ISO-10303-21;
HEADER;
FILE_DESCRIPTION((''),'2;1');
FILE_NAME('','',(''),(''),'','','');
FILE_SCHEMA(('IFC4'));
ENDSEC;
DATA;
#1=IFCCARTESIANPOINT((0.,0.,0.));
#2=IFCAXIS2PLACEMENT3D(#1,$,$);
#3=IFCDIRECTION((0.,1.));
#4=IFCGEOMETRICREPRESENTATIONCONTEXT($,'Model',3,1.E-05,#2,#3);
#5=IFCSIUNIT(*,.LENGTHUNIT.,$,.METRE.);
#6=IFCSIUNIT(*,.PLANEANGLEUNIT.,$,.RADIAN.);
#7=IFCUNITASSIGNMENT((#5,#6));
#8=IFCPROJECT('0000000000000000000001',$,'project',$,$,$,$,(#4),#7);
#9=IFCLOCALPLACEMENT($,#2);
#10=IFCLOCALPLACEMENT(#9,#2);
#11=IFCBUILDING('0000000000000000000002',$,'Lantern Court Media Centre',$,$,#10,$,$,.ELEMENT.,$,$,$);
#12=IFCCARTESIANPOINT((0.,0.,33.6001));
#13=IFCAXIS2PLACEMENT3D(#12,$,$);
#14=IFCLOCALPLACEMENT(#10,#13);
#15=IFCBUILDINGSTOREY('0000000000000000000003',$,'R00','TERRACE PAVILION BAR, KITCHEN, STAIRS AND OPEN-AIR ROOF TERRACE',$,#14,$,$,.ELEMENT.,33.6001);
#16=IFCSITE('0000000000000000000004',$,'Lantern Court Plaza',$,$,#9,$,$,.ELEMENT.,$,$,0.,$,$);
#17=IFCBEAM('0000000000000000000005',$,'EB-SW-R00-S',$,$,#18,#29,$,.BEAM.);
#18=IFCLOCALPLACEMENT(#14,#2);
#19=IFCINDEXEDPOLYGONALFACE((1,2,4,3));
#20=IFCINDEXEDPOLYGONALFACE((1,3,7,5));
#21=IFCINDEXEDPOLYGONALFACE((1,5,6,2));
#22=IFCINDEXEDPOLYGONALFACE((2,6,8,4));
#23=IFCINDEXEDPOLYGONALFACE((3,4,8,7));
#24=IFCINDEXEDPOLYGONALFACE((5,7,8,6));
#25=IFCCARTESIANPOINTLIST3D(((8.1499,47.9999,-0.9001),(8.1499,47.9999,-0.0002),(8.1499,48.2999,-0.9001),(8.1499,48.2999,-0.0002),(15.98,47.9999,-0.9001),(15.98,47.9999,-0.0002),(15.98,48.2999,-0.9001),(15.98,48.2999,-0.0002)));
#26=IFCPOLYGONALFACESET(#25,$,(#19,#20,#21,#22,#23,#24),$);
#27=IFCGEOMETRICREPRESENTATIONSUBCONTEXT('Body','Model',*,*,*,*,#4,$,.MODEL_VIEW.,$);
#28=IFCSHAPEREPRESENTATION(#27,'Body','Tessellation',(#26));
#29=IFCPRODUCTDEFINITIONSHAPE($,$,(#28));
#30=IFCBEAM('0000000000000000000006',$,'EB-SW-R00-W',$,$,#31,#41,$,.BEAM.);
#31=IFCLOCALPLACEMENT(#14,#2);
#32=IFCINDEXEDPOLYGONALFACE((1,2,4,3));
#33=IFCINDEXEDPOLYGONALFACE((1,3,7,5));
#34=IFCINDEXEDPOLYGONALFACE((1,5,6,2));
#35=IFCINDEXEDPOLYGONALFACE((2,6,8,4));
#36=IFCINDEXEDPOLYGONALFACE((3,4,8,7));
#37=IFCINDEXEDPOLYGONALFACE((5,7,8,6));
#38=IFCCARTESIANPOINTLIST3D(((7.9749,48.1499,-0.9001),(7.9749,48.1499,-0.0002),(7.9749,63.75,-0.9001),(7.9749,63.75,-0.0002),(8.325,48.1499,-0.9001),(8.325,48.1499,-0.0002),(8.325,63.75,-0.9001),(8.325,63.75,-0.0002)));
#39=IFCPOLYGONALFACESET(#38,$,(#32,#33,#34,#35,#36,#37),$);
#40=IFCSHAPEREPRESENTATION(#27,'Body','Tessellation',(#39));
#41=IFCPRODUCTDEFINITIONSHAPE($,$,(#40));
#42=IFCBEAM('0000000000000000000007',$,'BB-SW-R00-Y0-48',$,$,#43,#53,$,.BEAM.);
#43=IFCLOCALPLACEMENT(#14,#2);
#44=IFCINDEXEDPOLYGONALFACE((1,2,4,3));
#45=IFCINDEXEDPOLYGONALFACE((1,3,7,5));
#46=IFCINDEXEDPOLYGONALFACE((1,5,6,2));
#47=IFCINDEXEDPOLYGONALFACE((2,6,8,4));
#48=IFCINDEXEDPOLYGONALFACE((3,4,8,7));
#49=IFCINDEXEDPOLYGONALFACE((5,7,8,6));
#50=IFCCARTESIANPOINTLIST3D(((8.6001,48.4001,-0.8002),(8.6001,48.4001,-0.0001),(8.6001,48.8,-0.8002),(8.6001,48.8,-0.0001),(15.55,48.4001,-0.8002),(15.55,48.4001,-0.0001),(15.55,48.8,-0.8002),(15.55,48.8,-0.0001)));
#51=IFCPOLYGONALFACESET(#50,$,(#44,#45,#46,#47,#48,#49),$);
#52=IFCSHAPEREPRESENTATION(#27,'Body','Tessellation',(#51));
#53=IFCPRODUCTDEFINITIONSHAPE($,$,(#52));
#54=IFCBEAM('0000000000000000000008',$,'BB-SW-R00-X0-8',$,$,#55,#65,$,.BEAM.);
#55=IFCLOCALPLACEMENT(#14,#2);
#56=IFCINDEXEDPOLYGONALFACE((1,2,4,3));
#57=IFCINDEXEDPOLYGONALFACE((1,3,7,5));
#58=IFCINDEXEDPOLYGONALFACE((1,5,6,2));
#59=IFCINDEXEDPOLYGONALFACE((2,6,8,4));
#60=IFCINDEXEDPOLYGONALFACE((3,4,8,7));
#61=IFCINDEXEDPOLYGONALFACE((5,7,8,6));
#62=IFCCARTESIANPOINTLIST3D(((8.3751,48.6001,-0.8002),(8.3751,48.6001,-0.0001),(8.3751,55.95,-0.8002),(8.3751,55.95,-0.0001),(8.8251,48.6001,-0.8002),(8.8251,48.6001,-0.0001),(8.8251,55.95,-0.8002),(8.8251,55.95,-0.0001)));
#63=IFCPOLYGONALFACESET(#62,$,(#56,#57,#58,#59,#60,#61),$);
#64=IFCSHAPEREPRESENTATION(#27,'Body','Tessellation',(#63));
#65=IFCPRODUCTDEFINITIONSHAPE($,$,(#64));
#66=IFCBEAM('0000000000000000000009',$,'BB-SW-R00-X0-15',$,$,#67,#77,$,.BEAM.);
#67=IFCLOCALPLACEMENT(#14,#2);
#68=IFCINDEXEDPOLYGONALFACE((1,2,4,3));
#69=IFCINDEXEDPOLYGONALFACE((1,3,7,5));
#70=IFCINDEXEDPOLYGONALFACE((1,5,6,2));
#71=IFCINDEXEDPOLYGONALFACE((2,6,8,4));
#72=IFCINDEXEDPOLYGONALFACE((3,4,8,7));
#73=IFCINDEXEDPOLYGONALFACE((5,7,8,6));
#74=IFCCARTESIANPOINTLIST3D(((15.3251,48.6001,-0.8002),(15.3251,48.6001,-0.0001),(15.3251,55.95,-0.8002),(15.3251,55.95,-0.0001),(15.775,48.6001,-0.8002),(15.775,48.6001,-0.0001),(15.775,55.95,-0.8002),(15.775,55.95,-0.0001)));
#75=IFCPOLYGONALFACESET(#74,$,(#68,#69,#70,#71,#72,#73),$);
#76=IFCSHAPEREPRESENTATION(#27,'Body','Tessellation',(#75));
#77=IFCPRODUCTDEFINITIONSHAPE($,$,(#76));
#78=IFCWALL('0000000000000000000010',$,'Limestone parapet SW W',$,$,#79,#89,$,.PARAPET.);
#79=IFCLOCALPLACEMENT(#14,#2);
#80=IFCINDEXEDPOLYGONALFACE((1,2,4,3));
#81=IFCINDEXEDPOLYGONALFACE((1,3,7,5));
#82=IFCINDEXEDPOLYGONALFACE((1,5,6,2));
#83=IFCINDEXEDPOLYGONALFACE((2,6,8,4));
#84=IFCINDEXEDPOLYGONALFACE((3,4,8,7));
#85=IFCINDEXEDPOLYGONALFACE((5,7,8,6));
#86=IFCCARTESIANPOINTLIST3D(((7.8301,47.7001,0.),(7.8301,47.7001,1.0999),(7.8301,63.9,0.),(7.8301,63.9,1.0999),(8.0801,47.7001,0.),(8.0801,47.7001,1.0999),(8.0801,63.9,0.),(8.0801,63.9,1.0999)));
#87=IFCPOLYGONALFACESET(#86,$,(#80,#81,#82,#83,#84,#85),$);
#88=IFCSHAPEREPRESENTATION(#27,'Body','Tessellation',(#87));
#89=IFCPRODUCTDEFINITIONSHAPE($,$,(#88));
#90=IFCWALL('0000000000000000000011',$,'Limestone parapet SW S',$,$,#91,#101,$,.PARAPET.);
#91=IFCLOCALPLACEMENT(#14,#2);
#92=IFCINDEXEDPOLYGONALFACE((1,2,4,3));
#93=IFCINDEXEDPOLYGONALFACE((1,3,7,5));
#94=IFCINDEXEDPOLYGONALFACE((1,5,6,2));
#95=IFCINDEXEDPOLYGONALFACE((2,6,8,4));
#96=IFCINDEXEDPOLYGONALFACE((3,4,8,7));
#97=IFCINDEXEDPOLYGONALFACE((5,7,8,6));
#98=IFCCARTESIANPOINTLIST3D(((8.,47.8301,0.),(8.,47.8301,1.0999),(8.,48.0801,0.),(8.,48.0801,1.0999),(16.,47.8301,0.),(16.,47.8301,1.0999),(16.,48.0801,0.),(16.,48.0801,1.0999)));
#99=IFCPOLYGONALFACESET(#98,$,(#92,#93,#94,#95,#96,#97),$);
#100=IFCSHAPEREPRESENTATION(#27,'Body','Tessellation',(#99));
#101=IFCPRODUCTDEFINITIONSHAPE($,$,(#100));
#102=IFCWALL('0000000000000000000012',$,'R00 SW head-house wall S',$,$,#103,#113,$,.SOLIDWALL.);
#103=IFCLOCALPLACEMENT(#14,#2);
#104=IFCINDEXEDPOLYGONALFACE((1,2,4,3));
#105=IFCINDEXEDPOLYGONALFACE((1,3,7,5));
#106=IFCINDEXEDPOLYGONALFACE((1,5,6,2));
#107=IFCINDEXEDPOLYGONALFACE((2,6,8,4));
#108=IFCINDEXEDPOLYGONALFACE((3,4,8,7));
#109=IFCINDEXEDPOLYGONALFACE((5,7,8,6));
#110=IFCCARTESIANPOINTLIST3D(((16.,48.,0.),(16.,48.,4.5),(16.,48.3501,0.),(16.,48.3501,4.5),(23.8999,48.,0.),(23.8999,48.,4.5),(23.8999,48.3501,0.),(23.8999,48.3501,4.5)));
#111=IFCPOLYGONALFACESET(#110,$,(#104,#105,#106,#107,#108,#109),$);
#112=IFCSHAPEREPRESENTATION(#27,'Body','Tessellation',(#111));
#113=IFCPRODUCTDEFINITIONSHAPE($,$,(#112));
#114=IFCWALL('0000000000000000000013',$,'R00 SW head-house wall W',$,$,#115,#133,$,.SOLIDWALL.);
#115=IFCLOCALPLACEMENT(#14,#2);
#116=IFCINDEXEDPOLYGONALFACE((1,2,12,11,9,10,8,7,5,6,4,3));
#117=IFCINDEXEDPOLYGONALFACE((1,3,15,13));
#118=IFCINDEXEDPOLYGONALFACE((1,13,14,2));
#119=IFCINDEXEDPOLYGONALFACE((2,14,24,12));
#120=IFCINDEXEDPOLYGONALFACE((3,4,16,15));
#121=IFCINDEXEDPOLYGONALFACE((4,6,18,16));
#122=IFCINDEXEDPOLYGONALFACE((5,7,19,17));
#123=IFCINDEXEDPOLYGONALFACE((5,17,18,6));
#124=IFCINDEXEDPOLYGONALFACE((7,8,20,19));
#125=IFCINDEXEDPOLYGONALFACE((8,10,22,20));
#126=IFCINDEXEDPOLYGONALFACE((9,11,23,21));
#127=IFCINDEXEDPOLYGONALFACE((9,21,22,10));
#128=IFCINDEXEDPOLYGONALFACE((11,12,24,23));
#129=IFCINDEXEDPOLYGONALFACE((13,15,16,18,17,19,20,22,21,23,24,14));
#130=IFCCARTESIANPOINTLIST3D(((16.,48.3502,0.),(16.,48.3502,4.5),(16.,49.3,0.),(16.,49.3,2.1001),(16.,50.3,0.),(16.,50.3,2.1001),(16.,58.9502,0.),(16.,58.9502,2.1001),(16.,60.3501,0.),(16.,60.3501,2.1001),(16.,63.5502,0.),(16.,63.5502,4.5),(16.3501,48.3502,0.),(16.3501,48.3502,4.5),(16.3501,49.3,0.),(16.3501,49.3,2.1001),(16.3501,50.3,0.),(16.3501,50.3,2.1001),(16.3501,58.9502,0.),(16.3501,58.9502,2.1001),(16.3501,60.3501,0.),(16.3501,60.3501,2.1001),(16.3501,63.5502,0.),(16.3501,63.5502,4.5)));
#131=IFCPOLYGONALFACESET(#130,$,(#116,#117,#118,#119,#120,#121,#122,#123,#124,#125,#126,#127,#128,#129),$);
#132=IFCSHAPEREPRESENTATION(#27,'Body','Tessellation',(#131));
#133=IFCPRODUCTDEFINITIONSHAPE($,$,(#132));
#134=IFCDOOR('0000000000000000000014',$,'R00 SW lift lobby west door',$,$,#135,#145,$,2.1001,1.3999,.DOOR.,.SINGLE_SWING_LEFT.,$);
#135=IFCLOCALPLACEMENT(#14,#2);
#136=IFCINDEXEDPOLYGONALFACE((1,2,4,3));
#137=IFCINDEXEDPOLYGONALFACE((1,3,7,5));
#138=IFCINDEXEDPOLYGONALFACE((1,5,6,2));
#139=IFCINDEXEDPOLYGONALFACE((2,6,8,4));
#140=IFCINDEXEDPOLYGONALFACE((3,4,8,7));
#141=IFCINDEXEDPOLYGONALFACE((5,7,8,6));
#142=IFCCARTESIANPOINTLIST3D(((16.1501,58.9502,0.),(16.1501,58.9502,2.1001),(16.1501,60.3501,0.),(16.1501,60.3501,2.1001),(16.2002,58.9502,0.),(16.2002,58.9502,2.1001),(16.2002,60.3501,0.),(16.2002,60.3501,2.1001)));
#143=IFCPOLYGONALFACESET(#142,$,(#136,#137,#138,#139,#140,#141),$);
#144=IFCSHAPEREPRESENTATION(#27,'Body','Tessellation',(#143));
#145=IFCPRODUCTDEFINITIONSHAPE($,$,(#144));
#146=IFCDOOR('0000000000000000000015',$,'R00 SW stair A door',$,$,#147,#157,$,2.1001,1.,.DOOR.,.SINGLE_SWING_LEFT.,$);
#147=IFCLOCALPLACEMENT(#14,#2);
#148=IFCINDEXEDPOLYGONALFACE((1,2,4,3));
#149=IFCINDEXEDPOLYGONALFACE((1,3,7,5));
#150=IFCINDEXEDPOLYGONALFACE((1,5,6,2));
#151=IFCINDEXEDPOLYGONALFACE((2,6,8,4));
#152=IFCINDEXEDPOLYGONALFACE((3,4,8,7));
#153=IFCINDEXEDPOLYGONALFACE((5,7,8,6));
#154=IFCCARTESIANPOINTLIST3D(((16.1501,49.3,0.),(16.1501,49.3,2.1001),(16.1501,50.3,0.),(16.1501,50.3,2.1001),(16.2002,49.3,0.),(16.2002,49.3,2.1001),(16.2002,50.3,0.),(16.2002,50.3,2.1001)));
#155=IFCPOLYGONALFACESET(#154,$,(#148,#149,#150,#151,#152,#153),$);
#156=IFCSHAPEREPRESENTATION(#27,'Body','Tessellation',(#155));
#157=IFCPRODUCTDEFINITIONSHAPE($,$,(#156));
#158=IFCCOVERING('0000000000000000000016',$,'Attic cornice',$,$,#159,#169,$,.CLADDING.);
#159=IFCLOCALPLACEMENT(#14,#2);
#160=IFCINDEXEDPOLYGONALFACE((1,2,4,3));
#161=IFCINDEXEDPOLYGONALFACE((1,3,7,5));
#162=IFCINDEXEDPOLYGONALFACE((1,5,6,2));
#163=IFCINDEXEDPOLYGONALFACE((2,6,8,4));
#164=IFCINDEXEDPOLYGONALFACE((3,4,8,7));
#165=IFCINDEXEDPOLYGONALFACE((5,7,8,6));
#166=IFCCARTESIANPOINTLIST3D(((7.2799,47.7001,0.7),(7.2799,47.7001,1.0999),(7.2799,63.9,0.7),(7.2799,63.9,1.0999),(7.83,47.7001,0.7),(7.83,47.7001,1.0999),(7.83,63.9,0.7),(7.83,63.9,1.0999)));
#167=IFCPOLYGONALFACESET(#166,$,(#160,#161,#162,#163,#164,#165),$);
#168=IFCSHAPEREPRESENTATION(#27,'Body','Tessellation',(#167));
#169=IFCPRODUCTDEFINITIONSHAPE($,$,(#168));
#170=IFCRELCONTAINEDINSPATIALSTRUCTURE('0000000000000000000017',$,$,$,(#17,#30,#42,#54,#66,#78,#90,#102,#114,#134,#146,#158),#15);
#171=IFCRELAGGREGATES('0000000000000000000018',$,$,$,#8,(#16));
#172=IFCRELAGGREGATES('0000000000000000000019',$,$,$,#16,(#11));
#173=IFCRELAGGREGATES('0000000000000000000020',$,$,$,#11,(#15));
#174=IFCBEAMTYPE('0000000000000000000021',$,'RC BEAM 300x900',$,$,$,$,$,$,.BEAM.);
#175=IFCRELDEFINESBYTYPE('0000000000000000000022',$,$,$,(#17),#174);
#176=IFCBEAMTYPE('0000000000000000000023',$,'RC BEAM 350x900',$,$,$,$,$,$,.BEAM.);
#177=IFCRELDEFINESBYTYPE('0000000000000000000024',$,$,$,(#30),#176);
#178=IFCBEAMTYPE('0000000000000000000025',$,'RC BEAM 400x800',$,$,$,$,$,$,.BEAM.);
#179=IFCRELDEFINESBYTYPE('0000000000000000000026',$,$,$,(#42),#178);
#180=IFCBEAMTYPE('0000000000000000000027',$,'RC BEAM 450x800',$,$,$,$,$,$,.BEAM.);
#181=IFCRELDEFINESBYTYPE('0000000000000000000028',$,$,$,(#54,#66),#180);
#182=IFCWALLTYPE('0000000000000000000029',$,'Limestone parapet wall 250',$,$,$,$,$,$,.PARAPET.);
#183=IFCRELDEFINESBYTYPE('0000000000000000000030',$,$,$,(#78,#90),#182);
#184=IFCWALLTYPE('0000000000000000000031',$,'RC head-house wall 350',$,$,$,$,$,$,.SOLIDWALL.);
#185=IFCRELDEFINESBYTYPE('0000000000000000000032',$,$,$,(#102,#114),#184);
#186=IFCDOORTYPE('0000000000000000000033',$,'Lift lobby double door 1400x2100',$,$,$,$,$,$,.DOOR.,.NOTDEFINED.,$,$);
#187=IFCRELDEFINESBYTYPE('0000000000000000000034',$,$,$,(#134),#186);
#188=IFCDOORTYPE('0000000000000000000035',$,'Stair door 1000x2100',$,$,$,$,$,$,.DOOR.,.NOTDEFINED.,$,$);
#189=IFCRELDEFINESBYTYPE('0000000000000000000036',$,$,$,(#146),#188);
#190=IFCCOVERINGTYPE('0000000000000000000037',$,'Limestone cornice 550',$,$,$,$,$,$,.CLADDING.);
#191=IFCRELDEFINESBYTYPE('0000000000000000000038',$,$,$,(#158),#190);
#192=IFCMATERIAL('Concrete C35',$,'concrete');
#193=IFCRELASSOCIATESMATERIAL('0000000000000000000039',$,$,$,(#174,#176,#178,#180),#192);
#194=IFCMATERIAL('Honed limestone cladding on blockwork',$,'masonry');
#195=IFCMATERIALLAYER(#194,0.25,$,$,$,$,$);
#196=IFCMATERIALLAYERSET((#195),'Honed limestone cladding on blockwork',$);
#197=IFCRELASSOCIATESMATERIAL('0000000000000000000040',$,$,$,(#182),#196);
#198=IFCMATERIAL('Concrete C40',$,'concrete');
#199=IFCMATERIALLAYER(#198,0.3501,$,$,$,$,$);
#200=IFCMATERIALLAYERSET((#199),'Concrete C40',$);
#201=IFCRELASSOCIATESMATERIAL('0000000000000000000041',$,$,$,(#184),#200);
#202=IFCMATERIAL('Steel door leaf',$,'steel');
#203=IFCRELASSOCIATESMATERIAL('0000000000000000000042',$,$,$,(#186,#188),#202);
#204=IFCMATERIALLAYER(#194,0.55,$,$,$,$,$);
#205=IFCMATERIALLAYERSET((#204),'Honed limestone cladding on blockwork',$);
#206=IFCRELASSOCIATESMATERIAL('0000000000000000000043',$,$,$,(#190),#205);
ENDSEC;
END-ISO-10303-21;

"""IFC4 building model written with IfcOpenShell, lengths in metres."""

from ifc_helpers import new_model, si_unit, direction, frame, frame_2d, origin, origin_2d, place, context, subcontext, project, spatial, rectangle, extrude, material, layer, layer_set, material_profile, profile_set, type_object, element, fill, save


model = new_model("IFC4")

# Units and contexts
model_context = context("Model", 3, precision=1e-05, world=origin(), true_north=direction((0.0, 1.0)))
body_context = subcontext(model_context, "Body", "Model", "MODEL_VIEW")
ifc_project = project(units=[si_unit("LENGTHUNIT", "METRE"), si_unit("PLANEANGLEUNIT", "RADIAN")], contexts=[model_context])

# Site, building, storey
site_placement = place(None, origin())
site = spatial("IfcSite", under=ifc_project, at=site_placement, Name="Lantern Court Plaza", CompositionType="ELEMENT", RefElevation=0.0)
building_placement = place(site_placement, origin())
building = spatial("IfcBuilding", under=site, at=building_placement, Name="Lantern Court Media Centre", CompositionType="ELEMENT")
storey_placement = place(building_placement, frame((0.0, 0.0, 33.6001)))
storey = spatial("IfcBuildingStorey", under=building, at=storey_placement, Name="R00", Description="TERRACE PAVILION BAR, KITCHEN, STAIRS AND OPEN-AIR ROOF TERRACE", CompositionType="ELEMENT", Elevation=33.6001)

# Beams
ifc_material_1 = material(Name="Concrete C35", Category="concrete")
ifc_material_profile_1 = material_profile(ifc_material_1, rectangle(XDim=0.3, YDim=0.8999, at=origin_2d()), Name="RC 300x900")
ifc_profile_set_1 = profile_set([ifc_material_profile_1], Name="Concrete C35")
beam_type_1 = type_object("IfcBeamType", Name="RC BEAM 300x900", PredefinedType="BEAM", material=ifc_profile_set_1)
beam_1_placement = place(storey_placement, frame((8.1499, 48.1499, -0.4502), z_axis=(1.0, 0.0, 0.0), x_axis=(0.0, 1.0, 0.0)))
element("IfcBeam", 1, at=beam_1_placement, inside=storey, type_object=beam_type_1, Name="EB-SW-R00-S", PredefinedType="BEAM", context=body_context, shape_type="SweptSolid", body=[
    extrude(rectangle(XDim=0.3, YDim=0.8999, at=origin_2d()), origin(), (0.0, 0.0, 1.0), 7.8301),
])
ifc_material_profile_2 = material_profile(ifc_material_1, rectangle(XDim=0.3501, YDim=0.8999, at=origin_2d()), Name="RC 350x900")
ifc_profile_set_2 = profile_set([ifc_material_profile_2], Name="Concrete C35")
beam_type_2 = type_object("IfcBeamType", Name="RC BEAM 350x900", PredefinedType="BEAM", material=ifc_profile_set_2)
beam_2_placement = place(storey_placement, frame((8.1499, 48.1499, -0.4502), z_axis=(0.0, 1.0, 0.0), x_axis=(-1.0, 0.0, 0.0)))
element("IfcBeam", 2, at=beam_2_placement, inside=storey, type_object=beam_type_2, Name="EB-SW-R00-W", PredefinedType="BEAM", context=body_context, shape_type="SweptSolid", body=[
    extrude(rectangle(XDim=0.3501, YDim=0.8999, at=origin_2d()), origin(), (0.0, 0.0, 1.0), 15.6001),
])
ifc_material_profile_3 = material_profile(ifc_material_1, rectangle(XDim=0.3999, YDim=0.8, at=origin_2d()), Name="RC 400x800")
ifc_profile_set_3 = profile_set([ifc_material_profile_3], Name="Concrete C35")
beam_type_3 = type_object("IfcBeamType", Name="RC BEAM 400x800", PredefinedType="BEAM", material=ifc_profile_set_3)
beam_3_placement = place(storey_placement, frame((8.6001, 48.6001, -0.4001), z_axis=(1.0, 0.0, 0.0), x_axis=(0.0, 1.0, 0.0)))
element("IfcBeam", 3, at=beam_3_placement, inside=storey, type_object=beam_type_3, Name="BB-SW-R00-Y0-48", PredefinedType="BEAM", context=body_context, shape_type="SweptSolid", body=[
    extrude(rectangle(XDim=0.3999, YDim=0.8, at=origin_2d()), origin(), (0.0, 0.0, 1.0), 6.95),
])
ifc_material_profile_4 = material_profile(ifc_material_1, rectangle(XDim=0.45, YDim=0.8, at=origin_2d()), Name="RC 450x800")
ifc_profile_set_4 = profile_set([ifc_material_profile_4], Name="Concrete C35")
beam_type_4 = type_object("IfcBeamType", Name="RC BEAM 450x800", PredefinedType="BEAM", material=ifc_profile_set_4)
for number, where, z_axis, x_axis, name in (
    (4, (8.6001, 48.6001, -0.4001), (0.0, 1.0, 0.0), (-1.0, 0.0, 0.0), "BB-SW-R00-X0-8"),
    (5, (15.55, 48.6001, -0.4001), (0.0, 1.0, 0.0), (-1.0, 0.0, 0.0), "BB-SW-R00-X0-15"),
):
    element("IfcBeam", number, at=place(storey_placement, frame(where, z_axis=z_axis, x_axis=x_axis)), inside=storey, type_object=beam_type_4, Name=name, PredefinedType="BEAM", context=body_context, shape_type="SweptSolid", body=[
        extrude(rectangle(XDim=0.45, YDim=0.8, at=origin_2d()), origin(), (0.0, 0.0, 1.0), 7.3499),
    ])

# Walls
ifc_material_2 = material(Name="Honed limestone cladding on blockwork", Category="masonry")
ifc_layer_1 = layer(ifc_material_2, 0.25)
ifc_layer_set_1 = layer_set([ifc_layer_1], Name="Honed limestone cladding on blockwork")
wall_type_1 = type_object("IfcWallType", Name="Limestone parapet wall 250", PredefinedType="PARAPET", material=ifc_layer_set_1)
wall_1_placement = place(storey_placement, frame((7.9551, 47.7, 0.0), z_axis=(0.0, 0.0, 1.0), x_axis=(0.0, 1.0, 0.0)))
element("IfcWall", 6, at=wall_1_placement, inside=storey, type_object=wall_type_1, Name="Limestone parapet SW W", PredefinedType="PARAPET", context=body_context, shape_type="SweptSolid", body=[
    extrude(rectangle(XDim=16.2, YDim=0.25, at=frame_2d((8.1001, 0.0))), origin(), (0.0, 0.0, 1.0), 1.0999),
])
wall_2_placement = place(storey_placement, frame((8.0, 47.9551, 0.0), z_axis=(0.0, 0.0, 1.0), x_axis=(1.0, 0.0, 0.0)))
element("IfcWall", 7, at=wall_2_placement, inside=storey, type_object=wall_type_1, Name="Limestone parapet SW S", PredefinedType="PARAPET", context=body_context, shape_type="SweptSolid", body=[
    extrude(rectangle(XDim=8.0, YDim=0.25, at=frame_2d((4.0, 0.0))), origin(), (0.0, 0.0, 1.0), 1.0999),
])
ifc_material_3 = material(Name="Concrete C40", Category="concrete")
ifc_layer_2 = layer(ifc_material_3, 0.3501)
ifc_layer_set_2 = layer_set([ifc_layer_2], Name="Concrete C40")
wall_type_2 = type_object("IfcWallType", Name="RC head-house wall 350", PredefinedType="SOLIDWALL", material=ifc_layer_set_2)
wall_3_placement = place(storey_placement, frame((16.0, 48.175, 0.0), z_axis=(0.0, 0.0, 1.0), x_axis=(1.0, 0.0, 0.0)))
element("IfcWall", 8, at=wall_3_placement, inside=storey, type_object=wall_type_2, Name="R00 SW head-house wall S", PredefinedType="SOLIDWALL", context=body_context, shape_type="SweptSolid", body=[
    extrude(rectangle(XDim=7.8999, YDim=0.3501, at=frame_2d((3.95, 0.0))), origin(), (0.0, 0.0, 1.0), 4.5),
])

# Wall, openings, doors
wall_4_placement = place(storey_placement, frame((16.175, 48.3501, 0.0), z_axis=(0.0, 0.0, 1.0), x_axis=(0.0, 1.0, 0.0)))
wall_4 = element("IfcWall", 9, at=wall_4_placement, inside=storey, type_object=wall_type_2, Name="R00 SW head-house wall W", PredefinedType="SOLIDWALL", context=body_context, shape_type="SweptSolid", body=[
    extrude(rectangle(XDim=15.2, YDim=0.3501, at=frame_2d((7.6001, 0.0))), origin(), (0.0, 0.0, 1.0), 4.5),
])
opening_1_placement = place(wall_4_placement, frame((0.95, 0.0, 0.0)))
opening_1 = element("IfcOpeningElement", 10, at=opening_1_placement, cuts=wall_4, PredefinedType="OPENING", context=body_context, shape_type="SweptSolid", body=[
    extrude(rectangle(XDim=1.0, YDim=2.1001, at=frame_2d((0.5, 1.05))), frame((0.0, 0.1851, 0.0), z_axis=(0.0, -1.0, 0.0), x_axis=(1.0, 0.0, 0.0)), (0.0, 0.0, 1.0), 0.3701),
])
opening_2_placement = place(wall_4_placement, frame((10.6001, 0.0, 0.0)))
opening_2 = element("IfcOpeningElement", 11, at=opening_2_placement, cuts=wall_4, PredefinedType="OPENING", context=body_context, shape_type="SweptSolid", body=[
    extrude(rectangle(XDim=1.3999, YDim=2.1001, at=frame_2d((0.7, 1.05))), frame((0.0, 0.1851, 0.0), z_axis=(0.0, -1.0, 0.0), x_axis=(1.0, 0.0, 0.0)), (0.0, 0.0, 1.0), 0.3701),
])
ifc_material_4 = material(Name="Steel door leaf", Category="steel")
door_type_1 = type_object("IfcDoorType", Name="Lift lobby double door 1400x2100", OperationType="NOTDEFINED", PredefinedType="DOOR", material=ifc_material_4)
door_1_placement = place(opening_2_placement, origin())
door_1 = element("IfcDoor", 12, at=door_1_placement, inside=storey, type_object=door_type_1, Name="R00 SW lift lobby west door", OperationType="SINGLE_SWING_LEFT", OverallHeight=2.1001, OverallWidth=1.3999, PredefinedType="DOOR", context=body_context, shape_type="SweptSolid", body=[
    extrude(rectangle(XDim=1.3999, YDim=2.1001, at=frame_2d((0.7, 1.05))), frame((0.0, 0.0249, 0.0), z_axis=(0.0, -1.0, 0.0), x_axis=(1.0, 0.0, 0.0)), (0.0, 0.0, 1.0), 0.05),
])
fill(opening_2, door_1)
door_type_2 = type_object("IfcDoorType", Name="Stair door 1000x2100", OperationType="NOTDEFINED", PredefinedType="DOOR", material=ifc_material_4)
door_2_placement = place(opening_1_placement, origin())
door_2 = element("IfcDoor", 13, at=door_2_placement, inside=storey, type_object=door_type_2, Name="R00 SW stair A door", OperationType="SINGLE_SWING_LEFT", OverallHeight=2.1001, OverallWidth=1.0, PredefinedType="DOOR", context=body_context, shape_type="SweptSolid", body=[
    extrude(rectangle(XDim=1.0, YDim=2.1001, at=frame_2d((0.5, 1.05))), frame((0.0, 0.0249, 0.0), z_axis=(0.0, -1.0, 0.0), x_axis=(1.0, 0.0, 0.0)), (0.0, 0.0, 1.0), 0.05),
])
fill(opening_1, door_2)

# Covering
ifc_layer_3 = layer(ifc_material_2, 0.55)
ifc_layer_set_3 = layer_set([ifc_layer_3], Name="Honed limestone cladding on blockwork")
covering_type_1 = type_object("IfcCoveringType", Name="Limestone cornice 550", PredefinedType="CLADDING", material=ifc_layer_set_3)
covering_1_placement = place(storey_placement, frame((7.5549, 47.7, 0.7), z_axis=(0.0, 0.0, 1.0), x_axis=(0.0, 1.0, 0.0)))
element("IfcCovering", 14, at=covering_1_placement, inside=storey, type_object=covering_type_1, Name="Attic cornice", PredefinedType="CLADDING", context=body_context, shape_type="SweptSolid", body=[
    extrude(rectangle(XDim=16.2, YDim=0.55, at=frame_2d((8.1001, 0.0))), origin(), (0.0, 0.0, 1.0), 0.3999),
])

save(model, "model.ifc")
